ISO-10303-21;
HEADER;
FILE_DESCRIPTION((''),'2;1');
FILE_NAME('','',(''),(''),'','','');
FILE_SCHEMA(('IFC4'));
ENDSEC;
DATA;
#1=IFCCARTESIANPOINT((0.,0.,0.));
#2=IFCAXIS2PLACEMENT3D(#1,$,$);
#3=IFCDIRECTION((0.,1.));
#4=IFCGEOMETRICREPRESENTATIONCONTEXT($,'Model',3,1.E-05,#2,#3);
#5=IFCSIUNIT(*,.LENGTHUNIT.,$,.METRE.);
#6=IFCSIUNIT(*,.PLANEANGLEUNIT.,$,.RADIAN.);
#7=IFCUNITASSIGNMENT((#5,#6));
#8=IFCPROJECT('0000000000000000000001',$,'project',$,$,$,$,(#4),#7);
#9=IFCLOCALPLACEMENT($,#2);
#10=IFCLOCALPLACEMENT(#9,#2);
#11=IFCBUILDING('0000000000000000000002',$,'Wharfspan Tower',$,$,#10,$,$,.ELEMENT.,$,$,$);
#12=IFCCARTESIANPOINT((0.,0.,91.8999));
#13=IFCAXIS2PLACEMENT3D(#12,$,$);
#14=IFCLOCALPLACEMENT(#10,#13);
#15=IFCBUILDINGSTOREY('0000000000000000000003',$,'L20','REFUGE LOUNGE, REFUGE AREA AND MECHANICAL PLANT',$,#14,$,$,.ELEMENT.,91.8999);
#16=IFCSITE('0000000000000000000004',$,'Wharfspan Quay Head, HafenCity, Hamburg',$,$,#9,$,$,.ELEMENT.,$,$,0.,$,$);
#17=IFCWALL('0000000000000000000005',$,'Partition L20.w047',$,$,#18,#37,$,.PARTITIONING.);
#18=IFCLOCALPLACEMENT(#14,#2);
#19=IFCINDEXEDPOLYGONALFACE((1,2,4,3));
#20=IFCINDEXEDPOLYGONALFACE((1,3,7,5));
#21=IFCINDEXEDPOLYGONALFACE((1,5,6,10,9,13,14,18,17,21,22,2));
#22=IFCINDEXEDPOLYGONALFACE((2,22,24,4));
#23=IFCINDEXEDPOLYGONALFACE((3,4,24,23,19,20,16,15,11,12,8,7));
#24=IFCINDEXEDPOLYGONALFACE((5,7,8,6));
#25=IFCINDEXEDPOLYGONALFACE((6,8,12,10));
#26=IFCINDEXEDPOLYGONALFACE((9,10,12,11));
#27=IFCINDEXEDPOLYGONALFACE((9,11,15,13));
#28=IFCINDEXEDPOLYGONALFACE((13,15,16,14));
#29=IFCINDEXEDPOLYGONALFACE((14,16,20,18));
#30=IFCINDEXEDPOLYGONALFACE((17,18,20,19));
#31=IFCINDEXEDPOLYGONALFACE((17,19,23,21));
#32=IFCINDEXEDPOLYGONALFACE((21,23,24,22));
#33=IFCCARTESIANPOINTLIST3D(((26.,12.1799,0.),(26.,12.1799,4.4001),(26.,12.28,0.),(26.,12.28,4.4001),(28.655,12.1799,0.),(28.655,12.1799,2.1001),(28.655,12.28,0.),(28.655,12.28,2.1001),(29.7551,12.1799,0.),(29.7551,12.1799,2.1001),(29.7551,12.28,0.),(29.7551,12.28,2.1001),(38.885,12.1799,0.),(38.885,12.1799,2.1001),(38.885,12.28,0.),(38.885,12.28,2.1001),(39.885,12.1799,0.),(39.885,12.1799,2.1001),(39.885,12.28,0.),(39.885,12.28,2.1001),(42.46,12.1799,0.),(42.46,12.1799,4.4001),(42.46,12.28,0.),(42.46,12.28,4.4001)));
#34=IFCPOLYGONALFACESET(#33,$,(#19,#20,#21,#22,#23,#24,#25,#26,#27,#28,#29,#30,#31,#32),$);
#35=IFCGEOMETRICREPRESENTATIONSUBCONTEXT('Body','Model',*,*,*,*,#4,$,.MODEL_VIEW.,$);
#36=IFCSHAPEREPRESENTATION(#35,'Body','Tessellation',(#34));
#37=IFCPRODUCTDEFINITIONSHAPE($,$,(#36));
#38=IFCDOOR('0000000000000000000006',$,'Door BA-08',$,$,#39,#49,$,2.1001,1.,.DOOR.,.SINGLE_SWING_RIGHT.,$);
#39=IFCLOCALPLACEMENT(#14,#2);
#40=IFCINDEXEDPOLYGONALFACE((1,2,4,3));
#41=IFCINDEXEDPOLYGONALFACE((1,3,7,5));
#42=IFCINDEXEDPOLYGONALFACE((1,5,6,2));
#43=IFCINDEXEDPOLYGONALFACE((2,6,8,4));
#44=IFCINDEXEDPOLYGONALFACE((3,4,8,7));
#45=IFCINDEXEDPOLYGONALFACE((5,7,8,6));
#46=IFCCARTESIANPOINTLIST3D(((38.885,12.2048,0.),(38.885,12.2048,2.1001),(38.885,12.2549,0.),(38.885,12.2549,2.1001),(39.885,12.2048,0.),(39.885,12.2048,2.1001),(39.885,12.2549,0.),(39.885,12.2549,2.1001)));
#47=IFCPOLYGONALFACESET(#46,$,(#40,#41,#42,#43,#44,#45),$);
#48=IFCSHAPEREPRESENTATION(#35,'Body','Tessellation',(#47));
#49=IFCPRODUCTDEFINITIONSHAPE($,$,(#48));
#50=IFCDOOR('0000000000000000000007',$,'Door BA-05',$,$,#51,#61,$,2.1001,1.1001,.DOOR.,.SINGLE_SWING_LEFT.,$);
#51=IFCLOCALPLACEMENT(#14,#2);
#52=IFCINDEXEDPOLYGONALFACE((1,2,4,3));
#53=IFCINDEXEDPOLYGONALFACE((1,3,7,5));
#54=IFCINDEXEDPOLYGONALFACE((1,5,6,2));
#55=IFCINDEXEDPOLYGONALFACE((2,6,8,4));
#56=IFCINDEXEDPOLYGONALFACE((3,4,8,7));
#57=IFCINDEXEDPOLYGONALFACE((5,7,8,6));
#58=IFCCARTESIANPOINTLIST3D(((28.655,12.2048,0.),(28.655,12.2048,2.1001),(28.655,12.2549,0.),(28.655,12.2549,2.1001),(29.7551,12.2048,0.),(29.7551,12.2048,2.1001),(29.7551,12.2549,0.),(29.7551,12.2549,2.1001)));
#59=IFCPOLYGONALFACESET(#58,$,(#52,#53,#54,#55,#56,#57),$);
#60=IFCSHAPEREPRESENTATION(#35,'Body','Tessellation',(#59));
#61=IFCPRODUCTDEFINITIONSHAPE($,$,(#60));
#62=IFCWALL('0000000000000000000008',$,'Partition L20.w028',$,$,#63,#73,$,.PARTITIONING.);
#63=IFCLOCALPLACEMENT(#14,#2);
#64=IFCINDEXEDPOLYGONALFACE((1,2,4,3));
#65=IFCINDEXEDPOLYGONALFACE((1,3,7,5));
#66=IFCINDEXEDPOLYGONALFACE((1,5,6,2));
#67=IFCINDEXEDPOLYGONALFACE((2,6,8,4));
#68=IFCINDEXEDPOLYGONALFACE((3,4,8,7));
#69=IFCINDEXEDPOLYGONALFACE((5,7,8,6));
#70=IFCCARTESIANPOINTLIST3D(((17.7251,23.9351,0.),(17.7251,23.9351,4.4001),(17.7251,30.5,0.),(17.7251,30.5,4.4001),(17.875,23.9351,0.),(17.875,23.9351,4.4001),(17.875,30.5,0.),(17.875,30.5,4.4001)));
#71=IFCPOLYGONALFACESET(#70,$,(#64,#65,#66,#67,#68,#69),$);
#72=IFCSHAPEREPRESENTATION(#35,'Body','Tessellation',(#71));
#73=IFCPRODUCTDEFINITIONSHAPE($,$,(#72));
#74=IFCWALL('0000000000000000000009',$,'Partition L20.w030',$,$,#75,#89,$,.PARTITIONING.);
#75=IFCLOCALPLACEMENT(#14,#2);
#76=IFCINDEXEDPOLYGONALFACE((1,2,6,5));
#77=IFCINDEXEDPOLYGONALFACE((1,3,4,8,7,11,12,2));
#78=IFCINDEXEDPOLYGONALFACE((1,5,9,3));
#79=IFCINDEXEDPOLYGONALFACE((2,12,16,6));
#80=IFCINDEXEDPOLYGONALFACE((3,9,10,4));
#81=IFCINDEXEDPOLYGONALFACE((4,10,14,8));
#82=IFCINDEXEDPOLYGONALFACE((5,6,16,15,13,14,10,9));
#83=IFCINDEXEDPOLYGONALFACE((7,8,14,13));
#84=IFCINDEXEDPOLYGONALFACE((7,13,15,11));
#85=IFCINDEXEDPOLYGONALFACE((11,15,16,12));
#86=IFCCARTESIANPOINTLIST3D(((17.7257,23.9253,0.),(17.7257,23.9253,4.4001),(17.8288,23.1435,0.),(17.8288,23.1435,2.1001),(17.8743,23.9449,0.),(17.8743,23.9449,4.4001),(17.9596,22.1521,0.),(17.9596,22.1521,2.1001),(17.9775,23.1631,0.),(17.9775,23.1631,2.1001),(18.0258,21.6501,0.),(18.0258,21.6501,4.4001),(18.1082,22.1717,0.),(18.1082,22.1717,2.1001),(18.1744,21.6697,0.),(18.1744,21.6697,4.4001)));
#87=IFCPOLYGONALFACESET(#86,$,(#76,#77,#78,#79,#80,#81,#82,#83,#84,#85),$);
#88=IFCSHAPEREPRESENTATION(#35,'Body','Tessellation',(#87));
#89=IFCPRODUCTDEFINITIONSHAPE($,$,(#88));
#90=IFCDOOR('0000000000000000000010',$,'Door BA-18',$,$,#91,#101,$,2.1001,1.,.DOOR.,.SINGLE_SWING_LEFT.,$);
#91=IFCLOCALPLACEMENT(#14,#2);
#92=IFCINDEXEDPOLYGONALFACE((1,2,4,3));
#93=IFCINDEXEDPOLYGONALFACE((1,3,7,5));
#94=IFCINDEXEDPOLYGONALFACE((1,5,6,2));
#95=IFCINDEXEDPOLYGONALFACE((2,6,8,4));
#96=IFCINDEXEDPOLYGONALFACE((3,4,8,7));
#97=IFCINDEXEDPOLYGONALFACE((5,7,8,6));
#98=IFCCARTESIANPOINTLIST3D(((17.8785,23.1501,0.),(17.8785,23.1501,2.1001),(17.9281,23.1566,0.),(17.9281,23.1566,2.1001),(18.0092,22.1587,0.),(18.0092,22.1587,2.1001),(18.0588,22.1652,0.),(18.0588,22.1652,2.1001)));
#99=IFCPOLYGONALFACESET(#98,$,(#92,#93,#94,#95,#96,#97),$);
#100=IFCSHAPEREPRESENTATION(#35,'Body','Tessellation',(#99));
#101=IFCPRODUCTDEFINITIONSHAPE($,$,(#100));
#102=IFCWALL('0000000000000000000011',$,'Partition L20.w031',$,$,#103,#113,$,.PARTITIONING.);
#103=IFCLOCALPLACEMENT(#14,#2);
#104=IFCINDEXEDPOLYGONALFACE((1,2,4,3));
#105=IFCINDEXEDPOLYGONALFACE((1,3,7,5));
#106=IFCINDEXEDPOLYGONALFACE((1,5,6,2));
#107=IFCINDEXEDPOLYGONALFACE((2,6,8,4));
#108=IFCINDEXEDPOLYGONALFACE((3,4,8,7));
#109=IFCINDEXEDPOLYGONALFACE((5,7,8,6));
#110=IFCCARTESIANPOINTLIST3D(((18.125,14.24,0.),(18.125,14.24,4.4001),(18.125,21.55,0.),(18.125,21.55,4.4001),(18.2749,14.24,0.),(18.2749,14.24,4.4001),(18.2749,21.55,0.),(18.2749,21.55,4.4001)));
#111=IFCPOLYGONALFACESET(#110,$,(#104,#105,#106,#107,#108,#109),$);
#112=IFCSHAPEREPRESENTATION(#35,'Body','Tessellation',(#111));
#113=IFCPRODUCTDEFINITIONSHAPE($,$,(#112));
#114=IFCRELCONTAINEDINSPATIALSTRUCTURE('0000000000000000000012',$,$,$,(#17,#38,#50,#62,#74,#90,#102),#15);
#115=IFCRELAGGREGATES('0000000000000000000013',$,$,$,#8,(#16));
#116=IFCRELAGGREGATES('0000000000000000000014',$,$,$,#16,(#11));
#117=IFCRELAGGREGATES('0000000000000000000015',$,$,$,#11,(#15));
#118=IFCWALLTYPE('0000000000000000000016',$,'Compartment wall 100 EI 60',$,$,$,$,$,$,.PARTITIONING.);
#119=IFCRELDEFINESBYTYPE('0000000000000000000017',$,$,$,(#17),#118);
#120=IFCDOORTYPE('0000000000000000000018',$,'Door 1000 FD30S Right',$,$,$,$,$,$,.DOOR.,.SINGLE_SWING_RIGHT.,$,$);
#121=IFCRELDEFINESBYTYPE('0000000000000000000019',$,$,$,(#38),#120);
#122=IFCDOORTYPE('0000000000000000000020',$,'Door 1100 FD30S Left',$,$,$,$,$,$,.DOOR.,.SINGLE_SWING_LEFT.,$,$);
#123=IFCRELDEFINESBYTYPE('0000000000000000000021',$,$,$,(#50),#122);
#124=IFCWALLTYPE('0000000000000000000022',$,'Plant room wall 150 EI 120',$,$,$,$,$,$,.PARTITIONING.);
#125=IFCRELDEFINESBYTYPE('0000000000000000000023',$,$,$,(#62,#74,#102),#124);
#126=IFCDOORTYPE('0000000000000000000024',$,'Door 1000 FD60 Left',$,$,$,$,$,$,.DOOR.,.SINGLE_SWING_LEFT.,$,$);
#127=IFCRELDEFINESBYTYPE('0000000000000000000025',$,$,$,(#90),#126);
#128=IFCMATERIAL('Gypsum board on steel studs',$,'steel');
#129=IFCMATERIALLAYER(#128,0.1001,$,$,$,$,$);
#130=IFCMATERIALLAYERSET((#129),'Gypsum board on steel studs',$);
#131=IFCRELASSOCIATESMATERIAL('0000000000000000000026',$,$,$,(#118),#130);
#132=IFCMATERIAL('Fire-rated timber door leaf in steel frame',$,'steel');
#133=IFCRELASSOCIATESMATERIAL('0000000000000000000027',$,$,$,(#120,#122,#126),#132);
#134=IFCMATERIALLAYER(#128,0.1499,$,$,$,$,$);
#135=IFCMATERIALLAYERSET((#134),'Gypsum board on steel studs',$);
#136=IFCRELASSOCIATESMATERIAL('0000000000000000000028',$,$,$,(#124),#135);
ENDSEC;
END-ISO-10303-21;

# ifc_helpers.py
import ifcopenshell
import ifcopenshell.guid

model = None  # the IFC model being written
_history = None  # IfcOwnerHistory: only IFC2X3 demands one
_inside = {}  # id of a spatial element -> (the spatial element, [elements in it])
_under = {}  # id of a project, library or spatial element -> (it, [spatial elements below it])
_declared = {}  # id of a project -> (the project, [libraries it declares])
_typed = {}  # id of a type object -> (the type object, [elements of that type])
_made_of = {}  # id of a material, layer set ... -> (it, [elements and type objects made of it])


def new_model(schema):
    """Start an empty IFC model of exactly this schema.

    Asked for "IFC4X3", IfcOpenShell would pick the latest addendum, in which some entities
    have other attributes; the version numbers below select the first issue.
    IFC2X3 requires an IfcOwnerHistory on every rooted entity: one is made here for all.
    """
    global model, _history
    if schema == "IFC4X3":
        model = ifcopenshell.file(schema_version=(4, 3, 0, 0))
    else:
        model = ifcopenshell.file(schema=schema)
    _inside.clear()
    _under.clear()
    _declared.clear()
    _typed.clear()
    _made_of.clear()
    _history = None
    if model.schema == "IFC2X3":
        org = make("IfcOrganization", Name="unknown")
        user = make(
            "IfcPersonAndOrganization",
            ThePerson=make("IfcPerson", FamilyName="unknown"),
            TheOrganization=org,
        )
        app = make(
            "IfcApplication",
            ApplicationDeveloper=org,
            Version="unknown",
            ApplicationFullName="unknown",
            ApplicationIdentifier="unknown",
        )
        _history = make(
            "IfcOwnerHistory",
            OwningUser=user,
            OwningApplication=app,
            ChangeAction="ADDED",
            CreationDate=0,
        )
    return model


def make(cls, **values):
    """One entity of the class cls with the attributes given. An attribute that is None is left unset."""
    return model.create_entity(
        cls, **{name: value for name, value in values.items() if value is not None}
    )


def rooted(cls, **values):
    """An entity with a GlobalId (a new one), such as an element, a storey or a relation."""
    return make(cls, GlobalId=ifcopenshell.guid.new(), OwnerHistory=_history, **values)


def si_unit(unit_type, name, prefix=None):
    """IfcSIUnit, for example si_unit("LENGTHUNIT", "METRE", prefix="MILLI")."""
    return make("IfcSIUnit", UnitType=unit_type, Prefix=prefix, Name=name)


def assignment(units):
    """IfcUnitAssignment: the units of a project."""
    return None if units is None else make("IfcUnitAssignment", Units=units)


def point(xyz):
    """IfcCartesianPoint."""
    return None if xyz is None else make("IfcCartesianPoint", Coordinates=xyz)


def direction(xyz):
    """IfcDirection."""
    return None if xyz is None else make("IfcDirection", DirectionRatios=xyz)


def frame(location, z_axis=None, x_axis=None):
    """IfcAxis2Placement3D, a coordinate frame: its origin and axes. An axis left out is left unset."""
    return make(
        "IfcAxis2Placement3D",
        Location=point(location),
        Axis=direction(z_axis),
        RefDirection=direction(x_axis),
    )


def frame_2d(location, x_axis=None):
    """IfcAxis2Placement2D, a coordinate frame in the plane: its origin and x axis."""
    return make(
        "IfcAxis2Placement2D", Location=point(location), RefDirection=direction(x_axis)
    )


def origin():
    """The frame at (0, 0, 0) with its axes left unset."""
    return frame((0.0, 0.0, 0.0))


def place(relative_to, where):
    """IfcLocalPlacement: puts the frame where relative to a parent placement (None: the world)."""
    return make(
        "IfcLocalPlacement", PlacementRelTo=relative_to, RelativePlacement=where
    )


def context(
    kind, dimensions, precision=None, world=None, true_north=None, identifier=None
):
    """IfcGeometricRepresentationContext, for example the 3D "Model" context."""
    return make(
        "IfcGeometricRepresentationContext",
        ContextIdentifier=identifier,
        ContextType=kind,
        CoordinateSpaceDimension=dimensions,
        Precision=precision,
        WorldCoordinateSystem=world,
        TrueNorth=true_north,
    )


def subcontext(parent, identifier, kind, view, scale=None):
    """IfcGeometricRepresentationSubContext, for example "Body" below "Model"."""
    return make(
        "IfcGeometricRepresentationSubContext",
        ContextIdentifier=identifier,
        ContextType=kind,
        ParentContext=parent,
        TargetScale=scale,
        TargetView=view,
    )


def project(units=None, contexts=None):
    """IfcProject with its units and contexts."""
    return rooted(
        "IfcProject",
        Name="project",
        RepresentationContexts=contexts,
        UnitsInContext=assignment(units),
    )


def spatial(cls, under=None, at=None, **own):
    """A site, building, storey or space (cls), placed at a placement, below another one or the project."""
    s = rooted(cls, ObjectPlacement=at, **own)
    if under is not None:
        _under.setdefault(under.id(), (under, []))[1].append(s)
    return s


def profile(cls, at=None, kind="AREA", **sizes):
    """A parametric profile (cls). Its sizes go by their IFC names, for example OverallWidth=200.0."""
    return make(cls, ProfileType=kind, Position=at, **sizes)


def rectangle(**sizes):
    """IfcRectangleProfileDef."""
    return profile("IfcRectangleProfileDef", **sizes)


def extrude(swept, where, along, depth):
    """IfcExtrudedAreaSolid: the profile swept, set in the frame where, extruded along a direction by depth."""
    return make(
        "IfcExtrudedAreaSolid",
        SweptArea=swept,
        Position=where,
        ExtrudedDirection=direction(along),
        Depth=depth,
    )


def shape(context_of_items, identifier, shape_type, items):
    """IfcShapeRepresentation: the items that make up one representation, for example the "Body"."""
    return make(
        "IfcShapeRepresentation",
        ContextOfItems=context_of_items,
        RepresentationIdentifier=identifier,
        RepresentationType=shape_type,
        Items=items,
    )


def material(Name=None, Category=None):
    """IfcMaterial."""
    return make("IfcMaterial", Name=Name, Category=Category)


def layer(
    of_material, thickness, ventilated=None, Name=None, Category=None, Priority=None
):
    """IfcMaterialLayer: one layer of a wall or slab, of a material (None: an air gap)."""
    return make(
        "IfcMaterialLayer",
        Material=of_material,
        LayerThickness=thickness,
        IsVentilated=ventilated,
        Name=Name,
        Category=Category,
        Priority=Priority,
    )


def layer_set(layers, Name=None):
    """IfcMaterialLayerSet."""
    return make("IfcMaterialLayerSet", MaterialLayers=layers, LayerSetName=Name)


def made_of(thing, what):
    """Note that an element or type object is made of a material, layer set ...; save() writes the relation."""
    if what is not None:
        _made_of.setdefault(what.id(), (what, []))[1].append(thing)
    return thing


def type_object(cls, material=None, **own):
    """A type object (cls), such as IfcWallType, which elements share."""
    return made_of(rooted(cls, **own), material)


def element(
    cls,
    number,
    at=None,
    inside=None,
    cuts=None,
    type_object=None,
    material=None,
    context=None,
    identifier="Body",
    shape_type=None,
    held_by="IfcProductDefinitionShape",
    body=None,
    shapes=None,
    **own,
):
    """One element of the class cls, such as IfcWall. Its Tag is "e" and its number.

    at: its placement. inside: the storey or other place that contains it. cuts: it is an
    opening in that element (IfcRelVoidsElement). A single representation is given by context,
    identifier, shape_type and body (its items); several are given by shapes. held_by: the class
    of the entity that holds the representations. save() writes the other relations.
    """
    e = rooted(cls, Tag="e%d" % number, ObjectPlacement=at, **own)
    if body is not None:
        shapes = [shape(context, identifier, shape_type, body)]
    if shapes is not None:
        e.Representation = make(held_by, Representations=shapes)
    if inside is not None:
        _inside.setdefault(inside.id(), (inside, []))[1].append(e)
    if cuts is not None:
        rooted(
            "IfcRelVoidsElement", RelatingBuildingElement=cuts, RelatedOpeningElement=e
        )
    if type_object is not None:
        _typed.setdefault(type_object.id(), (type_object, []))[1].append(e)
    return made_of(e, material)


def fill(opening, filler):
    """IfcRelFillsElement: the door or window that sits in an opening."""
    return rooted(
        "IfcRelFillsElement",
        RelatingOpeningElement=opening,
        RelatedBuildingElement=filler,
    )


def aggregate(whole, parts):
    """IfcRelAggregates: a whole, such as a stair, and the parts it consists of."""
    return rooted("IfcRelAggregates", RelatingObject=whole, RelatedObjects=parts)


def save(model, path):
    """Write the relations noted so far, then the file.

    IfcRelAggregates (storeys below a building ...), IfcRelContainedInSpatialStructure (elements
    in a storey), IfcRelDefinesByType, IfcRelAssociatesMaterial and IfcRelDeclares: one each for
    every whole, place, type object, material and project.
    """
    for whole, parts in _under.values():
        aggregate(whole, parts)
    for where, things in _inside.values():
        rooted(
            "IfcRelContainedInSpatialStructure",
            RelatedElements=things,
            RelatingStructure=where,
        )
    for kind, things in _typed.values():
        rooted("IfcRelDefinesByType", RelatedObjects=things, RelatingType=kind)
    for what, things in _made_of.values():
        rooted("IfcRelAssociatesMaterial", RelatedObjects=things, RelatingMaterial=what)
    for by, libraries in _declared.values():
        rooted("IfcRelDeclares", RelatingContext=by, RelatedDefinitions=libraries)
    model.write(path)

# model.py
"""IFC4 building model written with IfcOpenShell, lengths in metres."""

from ifc_helpers import new_model, si_unit, direction, frame, frame_2d, origin, place, context, subcontext, project, spatial, rectangle, extrude, material, layer, layer_set, type_object, element, fill, save


model = new_model("IFC4")

# Units and contexts
model_context = context("Model", 3, precision=1e-05, world=origin(), true_north=direction((0.0, 1.0)))
body_context = subcontext(model_context, "Body", "Model", "MODEL_VIEW")
ifc_project = project(units=[si_unit("LENGTHUNIT", "METRE"), si_unit("PLANEANGLEUNIT", "RADIAN")], contexts=[model_context])

# Site, building, storey
site_placement = place(None, origin())
site = spatial("IfcSite", under=ifc_project, at=site_placement, Name="Wharfspan Quay Head, HafenCity, Hamburg", CompositionType="ELEMENT", RefElevation=0.0)
building_placement = place(site_placement, origin())
building = spatial("IfcBuilding", under=site, at=building_placement, Name="Wharfspan Tower", CompositionType="ELEMENT")
storey_placement = place(building_placement, frame((0.0, 0.0, 91.8999)))
storey = spatial("IfcBuildingStorey", under=building, at=storey_placement, Name="L20", Description="REFUGE LOUNGE, REFUGE AREA AND MECHANICAL PLANT", CompositionType="ELEMENT", Elevation=91.8999)

# Wall, openings, doors
ifc_material_1 = material(Name="Gypsum board on steel studs", Category="steel")
ifc_layer_1 = layer(ifc_material_1, 0.1001)
ifc_layer_set_1 = layer_set([ifc_layer_1], Name="Gypsum board on steel studs")
wall_type_1 = type_object("IfcWallType", Name="Compartment wall 100 EI 60", PredefinedType="PARTITIONING", material=ifc_layer_set_1)
wall_1_placement = place(storey_placement, frame((26.0, 12.23, 0.0), z_axis=(0.0, 0.0, 1.0), x_axis=(1.0, 0.0, 0.0)))
wall_1 = element("IfcWall", 1, at=wall_1_placement, inside=storey, type_object=wall_type_1, Name="Partition L20.w047", PredefinedType="PARTITIONING", context=body_context, shape_type="SweptSolid", body=[
    extrude(rectangle(XDim=16.46, YDim=0.1001, at=frame_2d((8.23, 0.0))), origin(), (0.0, 0.0, 1.0), 4.4001),
])
opening_1_placement = place(wall_1_placement, frame((2.655, 0.0, 0.0)))
opening_1 = element("IfcOpeningElement", 2, at=opening_1_placement, cuts=wall_1, PredefinedType="OPENING", context=body_context, shape_type="SweptSolid", body=[
    extrude(rectangle(XDim=1.1001, YDim=2.1001, at=frame_2d((0.55, 1.05))), frame((0.0, 0.0601, 0.0), z_axis=(0.0, -1.0, 0.0), x_axis=(1.0, 0.0, 0.0)), (0.0, 0.0, 1.0), 0.1201),
])
opening_2_placement = place(wall_1_placement, frame((12.885, 0.0, 0.0)))
opening_2 = element("IfcOpeningElement", 3, at=opening_2_placement, cuts=wall_1, PredefinedType="OPENING", context=body_context, shape_type="SweptSolid", body=[
    extrude(rectangle(XDim=1.0, YDim=2.1001, at=frame_2d((0.5, 1.05))), frame((0.0, 0.0601, 0.0), z_axis=(0.0, -1.0, 0.0), x_axis=(1.0, 0.0, 0.0)), (0.0, 0.0, 1.0), 0.1201),
])
ifc_material_2 = material(Name="Fire-rated timber door leaf in steel frame", Category="steel")
door_type_1 = type_object("IfcDoorType", Name="Door 1000 FD30S Right", OperationType="SINGLE_SWING_RIGHT", PredefinedType="DOOR", material=ifc_material_2)
door_1_placement = place(opening_2_placement, origin())
door_1 = element("IfcDoor", 4, at=door_1_placement, inside=storey, type_object=door_type_1, Name="Door BA-08", OperationType="SINGLE_SWING_RIGHT", OverallHeight=2.1001, OverallWidth=1.0, PredefinedType="DOOR", context=body_context, shape_type="SweptSolid", body=[
    extrude(rectangle(XDim=1.0, YDim=2.1001, at=frame_2d((0.5, 1.05))), frame((0.0, 0.0249, 0.0), z_axis=(0.0, -1.0, 0.0), x_axis=(1.0, 0.0, 0.0)), (0.0, 0.0, 1.0), 0.05),
])
fill(opening_2, door_1)
door_type_2 = type_object("IfcDoorType", Name="Door 1100 FD30S Left", OperationType="SINGLE_SWING_LEFT", PredefinedType="DOOR", material=ifc_material_2)
door_2_placement = place(opening_1_placement, origin())
door_2 = element("IfcDoor", 5, at=door_2_placement, inside=storey, type_object=door_type_2, Name="Door BA-05", OperationType="SINGLE_SWING_LEFT", OverallHeight=2.1001, OverallWidth=1.1001, PredefinedType="DOOR", context=body_context, shape_type="SweptSolid", body=[
    extrude(rectangle(XDim=1.1001, YDim=2.1001, at=frame_2d((0.55, 1.05))), frame((0.0, 0.0249, 0.0), z_axis=(0.0, -1.0, 0.0), x_axis=(1.0, 0.0, 0.0)), (0.0, 0.0, 1.0), 0.05),
])
fill(opening_1, door_2)

# Wall
ifc_layer_2 = layer(ifc_material_1, 0.1499)
ifc_layer_set_2 = layer_set([ifc_layer_2], Name="Gypsum board on steel studs")
wall_type_2 = type_object("IfcWallType", Name="Plant room wall 150 EI 120", PredefinedType="PARTITIONING", material=ifc_layer_set_2)
wall_2_placement = place(storey_placement, frame((17.8, 23.9351, 0.0), z_axis=(0.0, 0.0, 1.0), x_axis=(0.0, 1.0, 0.0)))
element("IfcWall", 6, at=wall_2_placement, inside=storey, type_object=wall_type_2, Name="Partition L20.w028", PredefinedType="PARTITIONING", context=body_context, shape_type="SweptSolid", body=[
    extrude(rectangle(XDim=6.5649, YDim=0.1499, at=frame_2d((3.2825, 0.0))), origin(), (0.0, 0.0, 1.0), 4.4001),
])

# Wall, opening, door
wall_3_placement = place(storey_placement, frame((18.1001, 21.6599, 0.0), z_axis=(0.0, 0.0, 1.0), x_axis=(-0.130749, 0.991416, 0.0)))
wall_3 = element("IfcWall", 7, at=wall_3_placement, inside=storey, type_object=wall_type_2, Name="Partition L20.w030", PredefinedType="PARTITIONING", context=body_context, shape_type="SweptSolid", body=[
    extrude(rectangle(XDim=2.2949, YDim=0.1499, at=frame_2d((1.1475, 0.0))), origin(), (0.0, 0.0, 1.0), 4.4001),
])
opening_3_placement = place(wall_3_placement, frame((0.5063, 0.0, 0.0)))
opening_3 = element("IfcOpeningElement", 8, at=opening_3_placement, cuts=wall_3, PredefinedType="OPENING", context=body_context, shape_type="SweptSolid", body=[
    extrude(rectangle(XDim=1.0, YDim=2.1001, at=frame_2d((0.5, 1.05))), frame((0.0, 0.085, 0.0), z_axis=(0.0, -1.0, 0.0), x_axis=(1.0, 0.0, 0.0)), (0.0, 0.0, 1.0), 0.1699),
])
door_type_3 = type_object("IfcDoorType", Name="Door 1000 FD60 Left", OperationType="SINGLE_SWING_LEFT", PredefinedType="DOOR", material=ifc_material_2)
door_3_placement = place(opening_3_placement, origin())
door_3 = element("IfcDoor", 9, at=door_3_placement, inside=storey, type_object=door_type_3, Name="Door BA-18", OperationType="SINGLE_SWING_LEFT", OverallHeight=2.1001, OverallWidth=1.0, PredefinedType="DOOR", context=body_context, shape_type="SweptSolid", body=[
    extrude(rectangle(XDim=1.0, YDim=2.1001, at=frame_2d((0.5, 1.05))), frame((0.0, 0.0249, 0.0), z_axis=(0.0, -1.0, 0.0), x_axis=(1.0, 0.0, 0.0)), (0.0, 0.0, 1.0), 0.05),
])
fill(opening_3, door_3)

# Wall
wall_4_placement = place(storey_placement, frame((18.2, 14.24, 0.0), z_axis=(0.0, 0.0, 1.0), x_axis=(0.0, 1.0, 0.0)))
element("IfcWall", 10, at=wall_4_placement, inside=storey, type_object=wall_type_2, Name="Partition L20.w031", PredefinedType="PARTITIONING", context=body_context, shape_type="SweptSolid", body=[
    extrude(rectangle(XDim=7.3101, YDim=0.1499, at=frame_2d((3.655, 0.0))), origin(), (0.0, 0.0, 1.0), 4.4001),
])

save(model, "model.ifc")
